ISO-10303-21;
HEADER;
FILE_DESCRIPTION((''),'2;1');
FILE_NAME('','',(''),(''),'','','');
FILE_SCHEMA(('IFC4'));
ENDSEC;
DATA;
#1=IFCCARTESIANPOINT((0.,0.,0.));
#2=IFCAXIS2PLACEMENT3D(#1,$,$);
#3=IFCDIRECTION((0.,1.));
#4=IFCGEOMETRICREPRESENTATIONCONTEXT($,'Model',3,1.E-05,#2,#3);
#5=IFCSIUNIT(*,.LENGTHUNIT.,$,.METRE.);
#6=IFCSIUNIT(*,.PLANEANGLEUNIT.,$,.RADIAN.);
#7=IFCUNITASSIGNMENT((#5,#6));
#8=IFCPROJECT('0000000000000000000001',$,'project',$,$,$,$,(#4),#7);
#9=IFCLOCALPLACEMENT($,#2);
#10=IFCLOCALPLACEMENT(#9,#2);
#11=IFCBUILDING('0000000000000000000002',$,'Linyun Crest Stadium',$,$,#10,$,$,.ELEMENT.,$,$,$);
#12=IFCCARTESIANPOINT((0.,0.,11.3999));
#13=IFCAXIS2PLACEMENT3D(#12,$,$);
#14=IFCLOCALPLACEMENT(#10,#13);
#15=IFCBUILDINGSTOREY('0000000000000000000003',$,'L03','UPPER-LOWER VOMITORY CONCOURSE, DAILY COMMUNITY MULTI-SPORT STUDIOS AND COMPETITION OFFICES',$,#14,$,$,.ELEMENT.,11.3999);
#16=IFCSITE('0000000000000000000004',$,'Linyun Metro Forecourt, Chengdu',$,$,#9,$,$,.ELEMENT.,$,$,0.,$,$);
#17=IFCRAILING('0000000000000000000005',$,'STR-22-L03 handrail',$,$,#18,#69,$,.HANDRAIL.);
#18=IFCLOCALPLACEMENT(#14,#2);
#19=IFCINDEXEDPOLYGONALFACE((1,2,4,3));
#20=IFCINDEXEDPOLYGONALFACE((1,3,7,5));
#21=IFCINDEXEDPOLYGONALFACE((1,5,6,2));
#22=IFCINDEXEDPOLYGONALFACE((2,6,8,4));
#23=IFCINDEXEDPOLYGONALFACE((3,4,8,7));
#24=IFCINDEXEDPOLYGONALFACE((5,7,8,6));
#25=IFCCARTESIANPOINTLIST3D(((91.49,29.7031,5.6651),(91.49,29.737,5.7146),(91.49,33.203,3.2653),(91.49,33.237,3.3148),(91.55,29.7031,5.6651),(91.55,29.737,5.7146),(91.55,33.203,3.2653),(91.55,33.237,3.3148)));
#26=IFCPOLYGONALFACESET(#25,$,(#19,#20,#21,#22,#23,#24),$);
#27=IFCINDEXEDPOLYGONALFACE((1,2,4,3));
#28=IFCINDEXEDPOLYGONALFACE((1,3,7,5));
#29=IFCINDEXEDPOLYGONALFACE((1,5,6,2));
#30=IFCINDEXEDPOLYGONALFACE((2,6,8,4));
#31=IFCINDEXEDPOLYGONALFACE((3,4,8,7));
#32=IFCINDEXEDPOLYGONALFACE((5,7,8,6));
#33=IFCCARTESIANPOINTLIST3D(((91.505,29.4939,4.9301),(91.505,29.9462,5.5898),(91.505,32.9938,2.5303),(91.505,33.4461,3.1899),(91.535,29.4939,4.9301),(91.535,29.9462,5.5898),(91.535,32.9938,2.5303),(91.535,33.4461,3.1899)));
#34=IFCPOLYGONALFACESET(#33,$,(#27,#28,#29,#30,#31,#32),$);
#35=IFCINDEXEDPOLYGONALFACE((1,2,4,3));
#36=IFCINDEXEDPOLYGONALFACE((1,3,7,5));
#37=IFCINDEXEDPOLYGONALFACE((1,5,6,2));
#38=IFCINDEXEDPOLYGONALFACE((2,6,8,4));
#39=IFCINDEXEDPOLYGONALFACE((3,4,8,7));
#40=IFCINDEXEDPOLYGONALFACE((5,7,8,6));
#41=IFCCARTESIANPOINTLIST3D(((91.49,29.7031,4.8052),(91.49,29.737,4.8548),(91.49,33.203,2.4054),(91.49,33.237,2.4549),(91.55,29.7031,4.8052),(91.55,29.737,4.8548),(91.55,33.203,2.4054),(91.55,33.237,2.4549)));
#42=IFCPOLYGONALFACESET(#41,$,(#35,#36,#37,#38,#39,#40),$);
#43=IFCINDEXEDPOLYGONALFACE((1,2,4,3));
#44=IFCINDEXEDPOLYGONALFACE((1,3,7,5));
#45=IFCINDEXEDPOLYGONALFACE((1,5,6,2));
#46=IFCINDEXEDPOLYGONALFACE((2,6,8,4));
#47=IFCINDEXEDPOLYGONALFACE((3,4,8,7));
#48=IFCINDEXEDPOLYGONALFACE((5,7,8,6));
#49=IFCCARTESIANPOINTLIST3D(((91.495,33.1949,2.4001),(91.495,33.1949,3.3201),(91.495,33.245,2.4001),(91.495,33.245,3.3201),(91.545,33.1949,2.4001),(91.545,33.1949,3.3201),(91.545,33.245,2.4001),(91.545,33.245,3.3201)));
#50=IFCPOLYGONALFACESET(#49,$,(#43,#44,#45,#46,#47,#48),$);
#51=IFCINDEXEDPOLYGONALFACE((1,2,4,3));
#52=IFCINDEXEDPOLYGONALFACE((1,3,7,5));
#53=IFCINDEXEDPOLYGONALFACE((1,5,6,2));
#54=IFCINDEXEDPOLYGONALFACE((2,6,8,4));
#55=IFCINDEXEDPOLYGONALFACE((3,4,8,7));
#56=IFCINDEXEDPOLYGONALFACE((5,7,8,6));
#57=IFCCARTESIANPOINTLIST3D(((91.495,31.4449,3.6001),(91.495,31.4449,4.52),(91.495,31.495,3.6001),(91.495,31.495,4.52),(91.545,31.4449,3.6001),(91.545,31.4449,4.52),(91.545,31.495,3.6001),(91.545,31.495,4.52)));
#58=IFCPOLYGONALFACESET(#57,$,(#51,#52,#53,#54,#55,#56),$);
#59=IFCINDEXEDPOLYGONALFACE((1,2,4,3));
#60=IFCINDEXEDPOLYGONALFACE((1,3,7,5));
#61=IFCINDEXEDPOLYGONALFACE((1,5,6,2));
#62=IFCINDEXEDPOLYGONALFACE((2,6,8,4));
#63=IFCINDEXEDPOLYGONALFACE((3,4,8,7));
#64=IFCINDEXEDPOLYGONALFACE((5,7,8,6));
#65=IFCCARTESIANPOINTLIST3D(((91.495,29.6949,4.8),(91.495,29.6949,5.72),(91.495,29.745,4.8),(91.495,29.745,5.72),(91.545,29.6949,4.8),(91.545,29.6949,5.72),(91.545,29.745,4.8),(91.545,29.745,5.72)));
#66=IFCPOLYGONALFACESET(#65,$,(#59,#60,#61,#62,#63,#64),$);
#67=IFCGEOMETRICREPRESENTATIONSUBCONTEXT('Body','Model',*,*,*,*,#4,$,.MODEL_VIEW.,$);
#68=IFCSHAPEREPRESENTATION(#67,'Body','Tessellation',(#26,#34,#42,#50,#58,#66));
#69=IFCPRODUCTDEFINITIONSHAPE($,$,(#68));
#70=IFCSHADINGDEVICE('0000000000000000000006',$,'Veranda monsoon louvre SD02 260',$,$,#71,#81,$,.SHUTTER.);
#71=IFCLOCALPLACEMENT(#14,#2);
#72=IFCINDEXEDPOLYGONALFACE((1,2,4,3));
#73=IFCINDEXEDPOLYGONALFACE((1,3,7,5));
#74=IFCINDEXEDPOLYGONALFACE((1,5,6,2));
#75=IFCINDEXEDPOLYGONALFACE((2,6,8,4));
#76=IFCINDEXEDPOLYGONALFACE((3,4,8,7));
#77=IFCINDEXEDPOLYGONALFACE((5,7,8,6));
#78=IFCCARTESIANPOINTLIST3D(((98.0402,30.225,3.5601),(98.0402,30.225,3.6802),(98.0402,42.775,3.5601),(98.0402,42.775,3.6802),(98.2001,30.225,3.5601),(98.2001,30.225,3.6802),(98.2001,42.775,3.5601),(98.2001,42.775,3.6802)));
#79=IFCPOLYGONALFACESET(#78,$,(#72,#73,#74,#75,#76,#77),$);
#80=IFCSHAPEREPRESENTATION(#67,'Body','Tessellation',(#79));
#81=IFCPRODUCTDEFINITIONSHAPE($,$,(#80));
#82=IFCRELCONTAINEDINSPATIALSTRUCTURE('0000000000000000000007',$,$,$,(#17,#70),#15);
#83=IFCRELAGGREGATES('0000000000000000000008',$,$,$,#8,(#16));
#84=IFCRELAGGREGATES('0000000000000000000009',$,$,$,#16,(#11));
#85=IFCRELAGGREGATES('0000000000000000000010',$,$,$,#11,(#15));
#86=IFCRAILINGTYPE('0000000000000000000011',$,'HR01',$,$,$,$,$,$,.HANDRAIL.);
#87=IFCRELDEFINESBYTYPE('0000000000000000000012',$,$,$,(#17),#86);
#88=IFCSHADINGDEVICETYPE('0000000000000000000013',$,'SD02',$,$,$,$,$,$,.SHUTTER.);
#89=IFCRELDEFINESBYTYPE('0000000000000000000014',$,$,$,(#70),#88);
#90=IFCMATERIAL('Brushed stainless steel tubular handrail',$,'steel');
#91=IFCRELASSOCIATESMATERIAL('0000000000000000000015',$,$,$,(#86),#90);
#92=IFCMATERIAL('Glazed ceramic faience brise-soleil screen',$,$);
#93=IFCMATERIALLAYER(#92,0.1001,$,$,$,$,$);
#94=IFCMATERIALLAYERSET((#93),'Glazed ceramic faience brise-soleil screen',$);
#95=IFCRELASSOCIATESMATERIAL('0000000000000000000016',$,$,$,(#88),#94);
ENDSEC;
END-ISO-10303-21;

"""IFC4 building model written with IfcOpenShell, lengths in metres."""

from ifc_helpers import new_model, si_unit, direction, frame, origin, origin_2d, place, context, subcontext, project, spatial, rectangle, extrude, material, layer, layer_set, type_object, element, save


model = new_model("IFC4")

# Units and contexts
model_context = context("Model", 3, precision=1e-05, world=origin(), true_north=direction((0.0, 1.0)))
body_context = subcontext(model_context, "Body", "Model", "MODEL_VIEW")
ifc_project = project(units=[si_unit("LENGTHUNIT", "METRE"), si_unit("PLANEANGLEUNIT", "RADIAN")], contexts=[model_context])

# Site, building, storey
site_placement = place(None, origin())
site = spatial("IfcSite", under=ifc_project, at=site_placement, Name="Linyun Metro Forecourt, Chengdu", CompositionType="ELEMENT", RefElevation=0.0)
building_placement = place(site_placement, origin())
building = spatial("IfcBuilding", under=site, at=building_placement, Name="Linyun Crest Stadium", CompositionType="ELEMENT")
storey_placement = place(building_placement, frame((0.0, 0.0, 11.3999)))
storey = spatial("IfcBuildingStorey", under=building, at=storey_placement, Name="L03", Description="UPPER-LOWER VOMITORY CONCOURSE, DAILY COMMUNITY MULTI-SPORT STUDIOS AND COMPETITION OFFICES", CompositionType="ELEMENT", Elevation=11.3999)

# Railing
ifc_material_1 = material(Name="Brushed stainless steel tubular handrail", Category="steel")
railing_type = type_object("IfcRailingType", Name="HR01", PredefinedType="HANDRAIL", material=ifc_material_1)
railing_placement = place(storey_placement, frame((91.52, 33.22, 2.4001)))
element("IfcRailing", 1, at=railing_placement, inside=storey, type_object=railing_type, Name="STR-22-L03 handrail", PredefinedType="HANDRAIL", context=body_context, shape_type="SweptSolid", body=[
    extrude(rectangle(XDim=0.0601, YDim=0.0601, at=origin_2d()), frame((0.0, 0.0, 0.8899), z_axis=(0.0, -0.82474, 0.565513), x_axis=(1.0, 0.0, 0.0)), (0.0, 0.0, 1.0), 4.2437),
    extrude(rectangle(XDim=0.03, YDim=0.7998, at=origin_2d()), frame((0.0, 0.0, 0.46), z_axis=(0.0, -0.82474, 0.565513), x_axis=(1.0, 0.0, 0.0)), (0.0, 0.0, 1.0), 4.2437),
    extrude(rectangle(XDim=0.0601, YDim=0.0601, at=origin_2d()), frame((0.0, 0.0, 0.03), z_axis=(0.0, -0.82474, 0.565513), x_axis=(1.0, 0.0, 0.0)), (0.0, 0.0, 1.0), 4.2437),
    extrude(rectangle(XDim=0.05, YDim=0.05, at=origin_2d()), origin(), (0.0, 0.0, 1.0), 0.9199),
    extrude(rectangle(XDim=0.05, YDim=0.05, at=origin_2d()), frame((0.0, -1.75, 1.2)), (0.0, 0.0, 1.0), 0.9199),
    extrude(rectangle(XDim=0.05, YDim=0.05, at=origin_2d()), frame((0.0, -3.5, 2.3999)), (0.0, 0.0, 1.0), 0.9199),
])

# Shading device
ifc_material_2 = material(Name="Glazed ceramic faience brise-soleil screen")
ifc_layer_1 = layer(ifc_material_2, 0.1001)
ifc_layer_set_1 = layer_set([ifc_layer_1], Name="Glazed ceramic faience brise-soleil screen")
shading_device_type = type_object("IfcShadingDeviceType", Name="SD02", PredefinedType="SHUTTER", material=ifc_layer_set_1)
shading_device_placement = place(storey_placement, frame((98.1201, 36.5, 3.5601), z_axis=(0.0, 0.0, 1.0), x_axis=(1.0, 0.0, 0.0)))
element("IfcShadingDevice", 2, at=shading_device_placement, inside=storey, type_object=shading_device_type, Name="Veranda monsoon louvre SD02 260", PredefinedType="SHUTTER", context=body_context, shape_type="SweptSolid", body=[
    extrude(rectangle(XDim=0.1599, YDim=12.55, at=origin_2d()), origin(), (0.0, 0.0, 1.0), 0.1201),
])

save(model, "model.ifc")
